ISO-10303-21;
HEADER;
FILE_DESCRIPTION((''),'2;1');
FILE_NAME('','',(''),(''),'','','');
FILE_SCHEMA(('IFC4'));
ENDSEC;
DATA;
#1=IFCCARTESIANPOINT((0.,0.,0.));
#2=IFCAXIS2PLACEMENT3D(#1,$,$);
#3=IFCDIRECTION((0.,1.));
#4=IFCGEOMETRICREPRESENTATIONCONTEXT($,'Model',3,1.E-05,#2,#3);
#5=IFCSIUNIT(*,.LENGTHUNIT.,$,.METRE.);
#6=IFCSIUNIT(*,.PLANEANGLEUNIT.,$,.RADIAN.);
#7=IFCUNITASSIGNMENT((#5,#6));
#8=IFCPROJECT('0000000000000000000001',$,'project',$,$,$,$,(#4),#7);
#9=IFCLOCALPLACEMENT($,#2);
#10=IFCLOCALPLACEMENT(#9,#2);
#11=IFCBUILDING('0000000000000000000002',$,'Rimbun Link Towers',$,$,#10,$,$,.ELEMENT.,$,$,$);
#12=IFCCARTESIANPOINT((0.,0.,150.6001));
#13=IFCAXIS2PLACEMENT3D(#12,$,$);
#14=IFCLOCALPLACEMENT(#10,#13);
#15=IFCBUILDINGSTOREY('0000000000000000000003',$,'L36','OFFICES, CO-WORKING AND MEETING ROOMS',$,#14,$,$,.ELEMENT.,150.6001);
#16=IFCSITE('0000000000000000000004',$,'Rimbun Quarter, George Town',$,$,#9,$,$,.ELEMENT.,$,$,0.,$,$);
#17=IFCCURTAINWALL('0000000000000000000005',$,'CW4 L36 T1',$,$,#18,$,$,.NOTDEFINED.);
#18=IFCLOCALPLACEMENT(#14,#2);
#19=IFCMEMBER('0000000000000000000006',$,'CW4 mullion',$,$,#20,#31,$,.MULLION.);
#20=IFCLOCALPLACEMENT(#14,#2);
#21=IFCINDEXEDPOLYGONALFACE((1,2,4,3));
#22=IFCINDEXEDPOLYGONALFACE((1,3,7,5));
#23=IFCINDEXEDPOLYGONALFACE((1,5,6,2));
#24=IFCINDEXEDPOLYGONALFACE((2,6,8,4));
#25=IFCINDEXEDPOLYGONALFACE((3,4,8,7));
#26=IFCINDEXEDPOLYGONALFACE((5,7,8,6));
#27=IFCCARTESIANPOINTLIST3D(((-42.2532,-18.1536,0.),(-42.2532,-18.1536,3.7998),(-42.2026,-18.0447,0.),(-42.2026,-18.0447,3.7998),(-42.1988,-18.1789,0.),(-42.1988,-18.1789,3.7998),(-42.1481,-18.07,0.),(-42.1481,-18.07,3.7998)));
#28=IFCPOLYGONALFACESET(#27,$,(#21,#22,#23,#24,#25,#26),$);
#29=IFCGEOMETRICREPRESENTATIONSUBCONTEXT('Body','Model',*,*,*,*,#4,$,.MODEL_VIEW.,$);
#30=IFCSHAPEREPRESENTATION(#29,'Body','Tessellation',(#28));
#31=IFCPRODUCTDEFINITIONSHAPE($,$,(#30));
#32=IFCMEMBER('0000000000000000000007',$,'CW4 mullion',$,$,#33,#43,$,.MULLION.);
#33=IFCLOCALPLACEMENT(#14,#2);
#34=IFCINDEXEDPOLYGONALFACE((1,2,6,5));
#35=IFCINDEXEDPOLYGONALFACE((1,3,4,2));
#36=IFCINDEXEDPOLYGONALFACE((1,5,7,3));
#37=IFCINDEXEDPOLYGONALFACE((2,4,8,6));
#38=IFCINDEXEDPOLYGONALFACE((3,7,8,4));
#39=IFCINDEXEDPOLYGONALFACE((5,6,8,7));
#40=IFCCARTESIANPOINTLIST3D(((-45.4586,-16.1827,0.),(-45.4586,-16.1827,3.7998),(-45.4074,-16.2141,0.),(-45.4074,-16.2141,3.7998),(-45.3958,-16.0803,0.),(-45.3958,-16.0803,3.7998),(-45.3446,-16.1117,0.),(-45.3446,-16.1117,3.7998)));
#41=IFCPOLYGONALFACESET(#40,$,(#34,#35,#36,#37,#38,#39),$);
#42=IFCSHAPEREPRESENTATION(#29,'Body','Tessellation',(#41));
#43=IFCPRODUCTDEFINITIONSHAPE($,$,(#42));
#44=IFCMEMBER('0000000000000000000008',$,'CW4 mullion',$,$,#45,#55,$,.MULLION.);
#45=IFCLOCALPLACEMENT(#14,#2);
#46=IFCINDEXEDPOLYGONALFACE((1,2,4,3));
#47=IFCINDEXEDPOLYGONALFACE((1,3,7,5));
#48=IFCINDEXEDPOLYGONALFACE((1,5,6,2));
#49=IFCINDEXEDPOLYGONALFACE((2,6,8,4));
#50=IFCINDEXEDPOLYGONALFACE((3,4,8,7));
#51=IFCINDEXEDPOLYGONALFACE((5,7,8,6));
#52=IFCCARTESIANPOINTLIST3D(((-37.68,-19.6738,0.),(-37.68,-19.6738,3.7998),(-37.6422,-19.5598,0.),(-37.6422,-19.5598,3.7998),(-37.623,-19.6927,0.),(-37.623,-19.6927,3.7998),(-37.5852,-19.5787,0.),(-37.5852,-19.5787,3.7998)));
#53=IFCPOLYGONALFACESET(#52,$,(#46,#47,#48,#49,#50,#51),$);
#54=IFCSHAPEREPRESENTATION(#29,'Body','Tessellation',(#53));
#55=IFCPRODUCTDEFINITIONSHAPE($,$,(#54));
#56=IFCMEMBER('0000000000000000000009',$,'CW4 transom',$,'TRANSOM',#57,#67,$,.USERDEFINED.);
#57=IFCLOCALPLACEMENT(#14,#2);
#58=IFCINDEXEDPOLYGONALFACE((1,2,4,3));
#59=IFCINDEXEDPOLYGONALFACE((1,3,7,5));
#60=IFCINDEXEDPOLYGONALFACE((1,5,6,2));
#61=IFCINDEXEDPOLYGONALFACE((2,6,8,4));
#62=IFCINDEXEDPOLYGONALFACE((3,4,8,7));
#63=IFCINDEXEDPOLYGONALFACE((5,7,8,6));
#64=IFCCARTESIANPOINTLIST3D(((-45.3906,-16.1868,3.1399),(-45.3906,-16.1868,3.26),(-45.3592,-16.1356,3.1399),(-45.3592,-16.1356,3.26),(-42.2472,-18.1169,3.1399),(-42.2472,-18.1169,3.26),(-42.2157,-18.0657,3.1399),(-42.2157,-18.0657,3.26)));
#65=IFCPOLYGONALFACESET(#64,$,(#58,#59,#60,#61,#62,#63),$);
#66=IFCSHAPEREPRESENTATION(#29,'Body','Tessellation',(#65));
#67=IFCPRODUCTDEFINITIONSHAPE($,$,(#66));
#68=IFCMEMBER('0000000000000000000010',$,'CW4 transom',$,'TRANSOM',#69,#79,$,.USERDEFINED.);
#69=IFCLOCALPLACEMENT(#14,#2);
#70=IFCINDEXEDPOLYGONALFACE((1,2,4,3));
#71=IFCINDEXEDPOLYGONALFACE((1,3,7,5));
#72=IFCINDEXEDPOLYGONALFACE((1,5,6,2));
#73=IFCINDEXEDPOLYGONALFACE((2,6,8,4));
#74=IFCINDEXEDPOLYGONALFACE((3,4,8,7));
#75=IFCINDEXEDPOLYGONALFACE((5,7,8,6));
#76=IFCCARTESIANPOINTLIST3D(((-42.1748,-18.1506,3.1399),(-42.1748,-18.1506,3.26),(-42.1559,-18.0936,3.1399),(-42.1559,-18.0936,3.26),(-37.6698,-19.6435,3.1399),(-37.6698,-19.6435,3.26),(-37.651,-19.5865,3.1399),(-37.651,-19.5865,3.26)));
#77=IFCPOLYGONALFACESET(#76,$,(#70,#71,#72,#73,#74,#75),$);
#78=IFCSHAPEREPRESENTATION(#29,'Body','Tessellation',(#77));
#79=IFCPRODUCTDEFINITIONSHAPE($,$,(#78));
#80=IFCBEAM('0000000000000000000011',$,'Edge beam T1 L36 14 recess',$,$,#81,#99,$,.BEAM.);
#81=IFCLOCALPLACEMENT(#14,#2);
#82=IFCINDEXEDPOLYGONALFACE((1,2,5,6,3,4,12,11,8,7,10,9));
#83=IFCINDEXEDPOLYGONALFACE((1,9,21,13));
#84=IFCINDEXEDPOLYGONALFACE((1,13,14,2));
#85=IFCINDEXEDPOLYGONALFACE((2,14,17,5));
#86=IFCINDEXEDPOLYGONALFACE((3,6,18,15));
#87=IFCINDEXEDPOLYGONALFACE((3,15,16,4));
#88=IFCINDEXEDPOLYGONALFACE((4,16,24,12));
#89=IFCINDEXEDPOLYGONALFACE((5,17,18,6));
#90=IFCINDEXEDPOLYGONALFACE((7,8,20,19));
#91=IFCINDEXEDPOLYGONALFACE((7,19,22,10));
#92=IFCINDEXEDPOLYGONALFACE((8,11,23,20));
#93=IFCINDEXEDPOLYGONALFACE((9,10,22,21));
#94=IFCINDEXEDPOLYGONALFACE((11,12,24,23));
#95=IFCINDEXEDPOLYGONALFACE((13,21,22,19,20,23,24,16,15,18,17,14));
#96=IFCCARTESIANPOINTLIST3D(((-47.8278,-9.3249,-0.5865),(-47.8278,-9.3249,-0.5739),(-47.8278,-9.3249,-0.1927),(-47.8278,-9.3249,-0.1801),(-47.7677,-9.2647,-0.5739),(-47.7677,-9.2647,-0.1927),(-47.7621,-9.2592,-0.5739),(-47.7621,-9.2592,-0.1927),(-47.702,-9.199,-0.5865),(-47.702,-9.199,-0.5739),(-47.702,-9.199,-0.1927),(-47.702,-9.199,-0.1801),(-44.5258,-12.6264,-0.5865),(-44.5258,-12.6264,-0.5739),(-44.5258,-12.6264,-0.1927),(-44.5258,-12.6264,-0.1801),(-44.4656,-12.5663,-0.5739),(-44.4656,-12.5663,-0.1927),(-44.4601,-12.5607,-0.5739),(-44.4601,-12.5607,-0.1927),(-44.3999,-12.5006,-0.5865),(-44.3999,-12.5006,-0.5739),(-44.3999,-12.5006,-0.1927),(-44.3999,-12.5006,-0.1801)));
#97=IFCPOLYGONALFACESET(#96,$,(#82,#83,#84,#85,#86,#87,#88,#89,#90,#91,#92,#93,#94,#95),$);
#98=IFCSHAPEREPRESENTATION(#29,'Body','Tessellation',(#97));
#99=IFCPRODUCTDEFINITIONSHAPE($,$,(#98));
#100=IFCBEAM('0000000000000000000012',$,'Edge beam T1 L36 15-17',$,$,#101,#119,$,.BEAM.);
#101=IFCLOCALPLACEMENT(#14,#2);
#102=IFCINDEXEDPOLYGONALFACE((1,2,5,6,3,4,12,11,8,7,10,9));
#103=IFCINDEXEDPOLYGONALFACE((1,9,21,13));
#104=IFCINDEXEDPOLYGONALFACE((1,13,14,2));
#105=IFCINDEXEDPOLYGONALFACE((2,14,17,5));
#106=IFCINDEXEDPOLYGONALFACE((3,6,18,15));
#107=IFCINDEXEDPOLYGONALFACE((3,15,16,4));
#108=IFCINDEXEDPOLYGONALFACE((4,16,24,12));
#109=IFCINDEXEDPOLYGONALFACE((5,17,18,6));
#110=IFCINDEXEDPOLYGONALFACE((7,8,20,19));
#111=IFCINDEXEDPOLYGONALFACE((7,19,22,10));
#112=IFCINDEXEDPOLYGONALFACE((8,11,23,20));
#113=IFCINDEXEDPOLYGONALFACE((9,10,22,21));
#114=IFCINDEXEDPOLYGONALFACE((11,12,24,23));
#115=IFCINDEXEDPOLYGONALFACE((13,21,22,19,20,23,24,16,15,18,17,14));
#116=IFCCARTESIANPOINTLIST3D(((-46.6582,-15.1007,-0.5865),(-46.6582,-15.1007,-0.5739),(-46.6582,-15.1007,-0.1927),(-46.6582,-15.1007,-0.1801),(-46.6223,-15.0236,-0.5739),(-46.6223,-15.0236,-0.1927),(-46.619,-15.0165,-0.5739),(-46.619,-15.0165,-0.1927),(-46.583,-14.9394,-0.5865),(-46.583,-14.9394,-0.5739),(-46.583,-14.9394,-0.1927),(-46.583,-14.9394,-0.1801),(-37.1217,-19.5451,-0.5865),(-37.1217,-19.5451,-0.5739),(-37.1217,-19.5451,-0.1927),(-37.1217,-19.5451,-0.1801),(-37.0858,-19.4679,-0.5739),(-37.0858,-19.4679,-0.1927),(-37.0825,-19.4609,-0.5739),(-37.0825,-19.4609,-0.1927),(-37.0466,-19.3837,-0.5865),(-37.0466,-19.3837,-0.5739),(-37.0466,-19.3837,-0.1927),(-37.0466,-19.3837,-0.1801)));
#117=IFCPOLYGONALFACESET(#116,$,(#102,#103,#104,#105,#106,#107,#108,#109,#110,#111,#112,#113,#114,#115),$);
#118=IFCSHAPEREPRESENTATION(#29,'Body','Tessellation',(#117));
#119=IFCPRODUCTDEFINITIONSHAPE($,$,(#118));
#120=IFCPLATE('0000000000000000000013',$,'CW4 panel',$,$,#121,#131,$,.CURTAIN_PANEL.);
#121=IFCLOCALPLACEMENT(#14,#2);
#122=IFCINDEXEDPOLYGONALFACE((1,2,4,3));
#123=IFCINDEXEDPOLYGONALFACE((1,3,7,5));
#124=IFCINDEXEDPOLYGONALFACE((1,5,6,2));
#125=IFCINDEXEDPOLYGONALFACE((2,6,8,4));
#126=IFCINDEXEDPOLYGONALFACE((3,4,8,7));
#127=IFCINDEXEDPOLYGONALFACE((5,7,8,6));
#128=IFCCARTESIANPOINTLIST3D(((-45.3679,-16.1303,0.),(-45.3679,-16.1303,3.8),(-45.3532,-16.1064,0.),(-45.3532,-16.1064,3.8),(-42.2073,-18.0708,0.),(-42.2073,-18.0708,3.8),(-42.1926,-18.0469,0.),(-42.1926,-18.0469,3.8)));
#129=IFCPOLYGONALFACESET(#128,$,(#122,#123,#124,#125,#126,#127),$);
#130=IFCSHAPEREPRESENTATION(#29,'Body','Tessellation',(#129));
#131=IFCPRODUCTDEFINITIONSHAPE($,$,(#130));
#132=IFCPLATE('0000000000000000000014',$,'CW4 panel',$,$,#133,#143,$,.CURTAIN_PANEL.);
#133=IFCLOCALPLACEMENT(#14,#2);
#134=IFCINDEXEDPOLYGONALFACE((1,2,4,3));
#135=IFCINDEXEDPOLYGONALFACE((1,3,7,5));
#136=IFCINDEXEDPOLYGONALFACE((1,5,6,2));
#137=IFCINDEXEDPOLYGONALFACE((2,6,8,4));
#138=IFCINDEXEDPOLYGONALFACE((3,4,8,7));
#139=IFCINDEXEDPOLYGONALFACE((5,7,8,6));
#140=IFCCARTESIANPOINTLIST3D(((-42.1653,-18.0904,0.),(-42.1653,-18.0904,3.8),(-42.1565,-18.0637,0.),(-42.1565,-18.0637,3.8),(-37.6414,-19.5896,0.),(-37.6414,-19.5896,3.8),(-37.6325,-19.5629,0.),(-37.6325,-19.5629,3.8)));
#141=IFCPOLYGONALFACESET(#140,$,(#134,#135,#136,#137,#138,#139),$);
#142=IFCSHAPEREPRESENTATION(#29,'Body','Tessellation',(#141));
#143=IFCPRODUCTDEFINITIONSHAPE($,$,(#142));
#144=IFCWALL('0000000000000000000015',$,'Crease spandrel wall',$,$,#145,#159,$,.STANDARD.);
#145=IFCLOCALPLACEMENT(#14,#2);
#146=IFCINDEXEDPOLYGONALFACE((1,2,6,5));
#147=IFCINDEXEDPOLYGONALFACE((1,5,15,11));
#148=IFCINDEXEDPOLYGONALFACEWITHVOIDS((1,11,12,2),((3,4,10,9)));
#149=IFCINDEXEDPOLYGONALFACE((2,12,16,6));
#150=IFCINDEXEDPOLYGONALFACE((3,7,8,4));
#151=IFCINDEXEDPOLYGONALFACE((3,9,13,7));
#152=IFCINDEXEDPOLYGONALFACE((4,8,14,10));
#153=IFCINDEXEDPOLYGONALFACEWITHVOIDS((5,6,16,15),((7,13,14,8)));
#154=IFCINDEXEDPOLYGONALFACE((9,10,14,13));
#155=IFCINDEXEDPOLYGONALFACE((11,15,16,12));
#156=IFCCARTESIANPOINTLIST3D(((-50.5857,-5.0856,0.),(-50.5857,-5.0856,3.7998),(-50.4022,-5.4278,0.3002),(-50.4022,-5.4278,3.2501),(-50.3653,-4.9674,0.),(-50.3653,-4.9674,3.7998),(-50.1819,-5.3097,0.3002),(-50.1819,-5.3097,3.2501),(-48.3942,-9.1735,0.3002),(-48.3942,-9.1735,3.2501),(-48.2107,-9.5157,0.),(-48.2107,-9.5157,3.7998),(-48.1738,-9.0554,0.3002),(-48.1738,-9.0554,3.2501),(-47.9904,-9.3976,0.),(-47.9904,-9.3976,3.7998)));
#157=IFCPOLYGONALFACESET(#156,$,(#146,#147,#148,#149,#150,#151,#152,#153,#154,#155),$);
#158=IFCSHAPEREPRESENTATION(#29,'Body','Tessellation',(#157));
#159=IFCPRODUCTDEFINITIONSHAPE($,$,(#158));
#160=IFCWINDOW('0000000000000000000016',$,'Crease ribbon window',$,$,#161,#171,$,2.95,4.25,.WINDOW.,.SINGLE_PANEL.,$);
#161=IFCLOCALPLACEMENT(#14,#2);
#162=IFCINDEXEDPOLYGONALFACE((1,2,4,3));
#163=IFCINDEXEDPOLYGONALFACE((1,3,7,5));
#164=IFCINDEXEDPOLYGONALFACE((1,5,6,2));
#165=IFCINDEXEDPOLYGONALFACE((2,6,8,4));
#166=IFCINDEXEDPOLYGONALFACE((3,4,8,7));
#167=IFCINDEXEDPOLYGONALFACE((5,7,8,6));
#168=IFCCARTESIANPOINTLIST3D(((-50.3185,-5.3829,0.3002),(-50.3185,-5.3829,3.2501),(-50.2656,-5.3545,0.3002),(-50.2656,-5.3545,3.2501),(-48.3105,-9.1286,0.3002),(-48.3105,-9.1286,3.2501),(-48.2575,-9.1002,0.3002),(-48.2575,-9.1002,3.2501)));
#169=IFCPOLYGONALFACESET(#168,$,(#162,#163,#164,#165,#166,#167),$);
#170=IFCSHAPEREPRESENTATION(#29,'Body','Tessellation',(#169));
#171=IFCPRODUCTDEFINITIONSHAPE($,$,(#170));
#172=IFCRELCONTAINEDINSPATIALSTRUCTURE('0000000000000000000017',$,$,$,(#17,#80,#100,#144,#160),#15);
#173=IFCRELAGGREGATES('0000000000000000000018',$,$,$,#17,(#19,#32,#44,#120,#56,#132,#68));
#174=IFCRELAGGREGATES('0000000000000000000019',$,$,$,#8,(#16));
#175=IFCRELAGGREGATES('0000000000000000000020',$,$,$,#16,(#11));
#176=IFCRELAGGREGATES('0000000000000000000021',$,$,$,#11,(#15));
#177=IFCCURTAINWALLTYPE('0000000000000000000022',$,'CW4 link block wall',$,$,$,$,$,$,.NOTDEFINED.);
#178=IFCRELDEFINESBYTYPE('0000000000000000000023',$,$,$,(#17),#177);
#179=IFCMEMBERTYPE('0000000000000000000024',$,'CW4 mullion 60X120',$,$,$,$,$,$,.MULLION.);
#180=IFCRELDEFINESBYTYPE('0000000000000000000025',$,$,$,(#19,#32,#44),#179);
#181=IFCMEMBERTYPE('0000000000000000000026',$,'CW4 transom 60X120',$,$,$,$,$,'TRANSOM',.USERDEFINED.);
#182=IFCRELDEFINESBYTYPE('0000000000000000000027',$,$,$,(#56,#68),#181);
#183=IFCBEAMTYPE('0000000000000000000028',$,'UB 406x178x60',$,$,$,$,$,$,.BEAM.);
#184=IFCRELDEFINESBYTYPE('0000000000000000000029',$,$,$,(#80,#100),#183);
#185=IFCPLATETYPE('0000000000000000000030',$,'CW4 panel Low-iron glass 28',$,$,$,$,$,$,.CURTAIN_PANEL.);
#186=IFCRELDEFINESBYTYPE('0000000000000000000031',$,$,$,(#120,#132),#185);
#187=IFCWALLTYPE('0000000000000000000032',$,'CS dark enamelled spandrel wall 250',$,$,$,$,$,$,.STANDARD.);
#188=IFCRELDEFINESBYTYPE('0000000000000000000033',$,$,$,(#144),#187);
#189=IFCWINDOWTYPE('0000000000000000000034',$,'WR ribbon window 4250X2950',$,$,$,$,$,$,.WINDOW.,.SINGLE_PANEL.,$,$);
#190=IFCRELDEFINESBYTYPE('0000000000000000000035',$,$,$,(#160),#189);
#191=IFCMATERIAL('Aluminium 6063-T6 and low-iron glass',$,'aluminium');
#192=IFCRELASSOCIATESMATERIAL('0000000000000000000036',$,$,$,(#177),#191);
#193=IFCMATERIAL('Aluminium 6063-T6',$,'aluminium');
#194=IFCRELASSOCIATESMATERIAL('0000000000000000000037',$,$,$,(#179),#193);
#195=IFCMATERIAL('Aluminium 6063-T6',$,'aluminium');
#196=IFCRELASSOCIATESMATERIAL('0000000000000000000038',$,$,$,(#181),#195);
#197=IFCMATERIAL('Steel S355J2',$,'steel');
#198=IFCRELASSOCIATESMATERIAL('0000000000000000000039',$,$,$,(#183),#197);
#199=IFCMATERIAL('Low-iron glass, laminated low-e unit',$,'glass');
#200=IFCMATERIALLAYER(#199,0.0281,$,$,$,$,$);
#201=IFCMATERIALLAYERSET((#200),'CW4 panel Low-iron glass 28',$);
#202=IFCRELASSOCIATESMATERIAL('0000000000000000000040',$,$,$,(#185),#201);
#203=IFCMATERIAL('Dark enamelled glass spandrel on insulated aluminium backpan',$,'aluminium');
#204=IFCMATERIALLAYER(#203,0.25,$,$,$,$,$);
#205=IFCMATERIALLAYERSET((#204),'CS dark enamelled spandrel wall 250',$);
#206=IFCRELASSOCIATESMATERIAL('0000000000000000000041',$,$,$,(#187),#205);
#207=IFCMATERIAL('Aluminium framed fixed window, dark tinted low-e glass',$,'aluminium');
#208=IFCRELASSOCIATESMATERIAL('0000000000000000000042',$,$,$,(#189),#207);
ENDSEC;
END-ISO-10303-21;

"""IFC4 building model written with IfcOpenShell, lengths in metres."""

from ifc_helpers import new_model, si_unit, direction, frame, frame_2d, origin, origin_2d, place, context, subcontext, project, spatial, rectangle, i_section, extrude, material, layer, layer_set, material_profile, profile_set, type_object, element, fill, aggregate, save


model = new_model("IFC4")

# Units and contexts
model_context = context("Model", 3, precision=1e-05, world=origin(), true_north=direction((0.0, 1.0)))
body_context = subcontext(model_context, "Body", "Model", "MODEL_VIEW")
ifc_project = project(units=[si_unit("LENGTHUNIT", "METRE"), si_unit("PLANEANGLEUNIT", "RADIAN")], contexts=[model_context])

# Site, building, storey
site_placement = place(None, origin())
site = spatial("IfcSite", under=ifc_project, at=site_placement, Name="Rimbun Quarter, George Town", CompositionType="ELEMENT", RefElevation=0.0)
building_placement = place(site_placement, origin())
building = spatial("IfcBuilding", under=site, at=building_placement, Name="Rimbun Link Towers", CompositionType="ELEMENT")
storey_placement = place(building_placement, frame((0.0, 0.0, 150.6001)))
storey = spatial("IfcBuildingStorey", under=building, at=storey_placement, Name="L36", Description="OFFICES, CO-WORKING AND MEETING ROOMS", CompositionType="ELEMENT", Elevation=150.6001)

# Curtain wall, members
ifc_material_1 = material(Name="Aluminium 6063-T6 and low-iron glass", Category="aluminium")
curtain_wall_type = type_object("IfcCurtainWallType", Name="CW4 link block wall", PredefinedType="NOTDEFINED", material=ifc_material_1)
curtain_wall_placement = place(storey_placement, origin())
curtain_wall = element("IfcCurtainWall", 1, at=curtain_wall_placement, inside=storey, type_object=curtain_wall_type, Name="CW4 L36 T1", PredefinedType="NOTDEFINED")
ifc_material_2 = material(Name="Aluminium 6063-T6", Category="aluminium")
ifc_material_profile_1 = material_profile(ifc_material_2, rectangle(XDim=0.1201, YDim=0.0601, at=origin_2d()), Name="MULLION 60X120")
ifc_profile_set_1 = profile_set([ifc_material_profile_1], Name="Aluminium 6063-T6")
member_type_1 = type_object("IfcMemberType", Name="CW4 mullion 60X120", PredefinedType="MULLION", material=ifc_profile_set_1)
member_1_placement = place(storey_placement, frame((-42.2007, -18.1118, 0.0), z_axis=(0.0, 0.0, 1.0), x_axis=(-0.421697, -0.906737, 0.0)))
member_1 = element("IfcMember", 2, at=member_1_placement, type_object=member_type_1, Name="CW4 mullion", PredefinedType="MULLION", context=body_context, shape_type="SweptSolid", body=[
    extrude(rectangle(XDim=0.1201, YDim=0.0601, at=origin_2d()), origin(), (0.0, 0.0, 1.0), 3.7998),
])
member_2_placement = place(storey_placement, frame((-45.4016, -16.1472, 0.0), z_axis=(0.0, 0.0, 1.0), x_axis=(-0.523225, -0.852194, 0.0)))
member_2 = element("IfcMember", 3, at=member_2_placement, type_object=member_type_1, Name="CW4 mullion", PredefinedType="MULLION", context=body_context, shape_type="SweptSolid", body=[
    extrude(rectangle(XDim=0.1201, YDim=0.0601, at=origin_2d()), origin(), (0.0, 0.0, 1.0), 3.7998),
])
member_3_placement = place(storey_placement, frame((-37.6326, -19.6262, 0.0), z_axis=(0.0, 0.0, 1.0), x_axis=(-0.314568, -0.949235, 0.0)))
member_3 = element("IfcMember", 4, at=member_3_placement, type_object=member_type_1, Name="CW4 mullion", PredefinedType="MULLION", context=body_context, shape_type="SweptSolid", body=[
    extrude(rectangle(XDim=0.1201, YDim=0.0601, at=origin_2d()), origin(), (0.0, 0.0, 1.0), 3.7998),
])
ifc_material_3 = material(Name="Aluminium 6063-T6", Category="aluminium")
ifc_material_profile_2 = material_profile(ifc_material_3, rectangle(XDim=0.0601, YDim=0.1201, at=origin_2d()), Name="TRANSOM 60X120")
ifc_profile_set_2 = profile_set([ifc_material_profile_2], Name="Aluminium 6063-T6")
member_type_2 = type_object("IfcMemberType", Name="CW4 transom 60X120", ElementType="TRANSOM", PredefinedType="USERDEFINED", material=ifc_profile_set_2)
member_4_placement = place(storey_placement, frame((-42.2314, -18.0913, 3.2), z_axis=(-0.852181, 0.523248, 0.0), x_axis=(-0.523248, -0.852181, 0.0)))
member_4 = element("IfcMember", 5, at=member_4_placement, type_object=member_type_2, Name="CW4 transom", ObjectType="TRANSOM", PredefinedType="USERDEFINED", context=body_context, shape_type="SweptSolid", body=[
    extrude(rectangle(XDim=0.0601, YDim=0.1201, at=origin_2d()), origin(), (0.0, 0.0, 1.0), 3.6887),
])
member_5_placement = place(storey_placement, frame((-37.6604, -19.615, 3.2), z_axis=(-0.949232, 0.314576, 0.0), x_axis=(-0.314576, -0.949232, 0.0)))
member_5 = element("IfcMember", 6, at=member_5_placement, type_object=member_type_2, Name="CW4 transom", ObjectType="TRANSOM", PredefinedType="USERDEFINED", context=body_context, shape_type="SweptSolid", body=[
    extrude(rectangle(XDim=0.0601, YDim=0.1201, at=origin_2d()), origin(), (0.0, 0.0, 1.0), 4.7458),
])

# Beams
ifc_material_4 = material(Name="Steel S355J2", Category="steel")
ifc_material_profile_3 = material_profile(ifc_material_4, i_section(OverallWidth=0.178, OverallDepth=0.4065, WebThickness=0.0078, FlangeThickness=0.0127, at=origin_2d()), Name="UB 406x178x60")
ifc_profile_set_3 = profile_set([ifc_material_profile_3], Name="Steel S355J2")
beam_type = type_object("IfcBeamType", Name="UB 406x178x60", PredefinedType="BEAM", material=ifc_profile_set_3)
beam_1_placement = place(storey_placement, frame((-47.7649, -9.262, -0.3833), z_axis=(0.707159, -0.707054, 0.0), x_axis=(0.707054, 0.707159, 0.0)))
element("IfcBeam", 7, at=beam_1_placement, inside=storey, type_object=beam_type, Name="Edge beam T1 L36 14 recess", PredefinedType="BEAM", context=body_context, shape_type="SweptSolid", body=[
    extrude(i_section(OverallWidth=0.178, OverallDepth=0.4065, WebThickness=0.0078, FlangeThickness=0.0127, at=origin_2d()), origin(), (0.0, 0.0, 1.0), 4.6694),
])
beam_2_placement = place(storey_placement, frame((-46.6206, -15.02, -0.3833), z_axis=(0.906401, -0.422419, 0.0), x_axis=(0.422419, 0.906401, 0.0)))
element("IfcBeam", 8, at=beam_2_placement, inside=storey, type_object=beam_type, Name="Edge beam T1 L36 15-17", PredefinedType="BEAM", context=body_context, shape_type="SweptSolid", body=[
    extrude(i_section(OverallWidth=0.178, OverallDepth=0.4065, WebThickness=0.0078, FlangeThickness=0.0127, at=origin_2d()), origin(), (0.0, 0.0, 1.0), 10.5212),
])

# Plates
ifc_material_5 = material(Name="Low-iron glass, laminated low-e unit", Category="glass")
ifc_layer_1 = layer(ifc_material_5, 0.0281)
ifc_layer_set_1 = layer_set([ifc_layer_1], Name="CW4 panel Low-iron glass 28")
plate_type = type_object("IfcPlateType", Name="CW4 panel Low-iron glass 28", PredefinedType="CURTAIN_PANEL", material=ifc_layer_set_1)
plate_1_placement = place(storey_placement, frame((-43.7803, -17.0886, 0.0), z_axis=(0.0, 0.0, 1.0), x_axis=(-0.852194, 0.523225, 0.0)))
plate_1 = element("IfcPlate", 9, at=plate_1_placement, type_object=plate_type, Name="CW4 panel", PredefinedType="CURTAIN_PANEL", context=body_context, shape_type="SweptSolid", body=[
    extrude(rectangle(XDim=3.7087, YDim=0.0281, at=origin_2d()), origin(), (0.0, 0.0, 1.0), 3.8),
])
plate_2_placement = place(storey_placement, frame((-39.8989, -18.8267, 0.0), z_axis=(0.0, 0.0, 1.0), x_axis=(-0.949235, 0.314568, 0.0)))
plate_2 = element("IfcPlate", 10, at=plate_2_placement, type_object=plate_type, Name="CW4 panel", PredefinedType="CURTAIN_PANEL", context=body_context, shape_type="SweptSolid", body=[
    extrude(rectangle(XDim=4.7659, YDim=0.0281, at=origin_2d()), origin(), (0.0, 0.0, 1.0), 3.8),
])
aggregate(curtain_wall, [member_1, member_2, member_3, plate_1, member_4, plate_2, member_5])

# Wall, opening, window
ifc_material_6 = material(Name="Dark enamelled glass spandrel on insulated aluminium backpan", Category="aluminium")
ifc_layer_2 = layer(ifc_material_6, 0.25)
ifc_layer_set_2 = layer_set([ifc_layer_2], Name="CS dark enamelled spandrel wall 250")
wall_type_1 = type_object("IfcWallType", Name="CS dark enamelled spandrel wall 250", PredefinedType="STANDARD", material=ifc_layer_set_2)
wall_1_placement = place(storey_placement, frame((-48.1006, -9.4565, 0.0), z_axis=(0.0, 0.0, 1.0), x_axis=(-0.472483, 0.88134, 0.0)))
wall_1 = element("IfcWall", 11, at=wall_1_placement, inside=storey, type_object=wall_type_1, Name="Crease spandrel wall", PredefinedType="STANDARD", context=body_context, shape_type="SweptSolid", body=[
    extrude(rectangle(XDim=5.0266, YDim=0.25, at=frame_2d((2.5132, 0.0))), origin(), (0.0, 0.0, 1.0), 3.7998),
])
opening_1_placement = place(wall_1_placement, frame((0.3882, 0.0, 0.3)))
opening_1 = element("IfcOpeningElement", 12, at=opening_1_placement, cuts=wall_1, PredefinedType="OPENING", context=body_context, shape_type="SweptSolid", body=[
    extrude(rectangle(XDim=4.25, YDim=2.95, at=frame_2d((2.125, 1.4751))), frame((0.0, 0.135, 0.0), z_axis=(0.0, -1.0, 0.0), x_axis=(1.0, 0.0, 0.0)), (0.0, 0.0, 1.0), 0.27),
])
ifc_material_7 = material(Name="Aluminium framed fixed window, dark tinted low-e glass", Category="aluminium")
window_type_1 = type_object("IfcWindowType", Name="WR ribbon window 4250X2950", PartitioningType="SINGLE_PANEL", PredefinedType="WINDOW", material=ifc_material_7)
window_1_placement = place(opening_1_placement, origin())
window_1 = element("IfcWindow", 13, at=window_1_placement, inside=storey, type_object=window_type_1, Name="Crease ribbon window", OverallHeight=2.95, OverallWidth=4.25, PartitioningType="SINGLE_PANEL", PredefinedType="WINDOW", context=body_context, shape_type="SweptSolid", body=[
    extrude(rectangle(XDim=4.25, YDim=2.95, at=frame_2d((2.125, 1.4751))), frame((0.0, 0.03, 0.0), z_axis=(0.0, -1.0, 0.0), x_axis=(1.0, 0.0, 0.0)), (0.0, 0.0, 1.0), 0.0601),
])
fill(opening_1, window_1)

save(model, "model.ifc")
